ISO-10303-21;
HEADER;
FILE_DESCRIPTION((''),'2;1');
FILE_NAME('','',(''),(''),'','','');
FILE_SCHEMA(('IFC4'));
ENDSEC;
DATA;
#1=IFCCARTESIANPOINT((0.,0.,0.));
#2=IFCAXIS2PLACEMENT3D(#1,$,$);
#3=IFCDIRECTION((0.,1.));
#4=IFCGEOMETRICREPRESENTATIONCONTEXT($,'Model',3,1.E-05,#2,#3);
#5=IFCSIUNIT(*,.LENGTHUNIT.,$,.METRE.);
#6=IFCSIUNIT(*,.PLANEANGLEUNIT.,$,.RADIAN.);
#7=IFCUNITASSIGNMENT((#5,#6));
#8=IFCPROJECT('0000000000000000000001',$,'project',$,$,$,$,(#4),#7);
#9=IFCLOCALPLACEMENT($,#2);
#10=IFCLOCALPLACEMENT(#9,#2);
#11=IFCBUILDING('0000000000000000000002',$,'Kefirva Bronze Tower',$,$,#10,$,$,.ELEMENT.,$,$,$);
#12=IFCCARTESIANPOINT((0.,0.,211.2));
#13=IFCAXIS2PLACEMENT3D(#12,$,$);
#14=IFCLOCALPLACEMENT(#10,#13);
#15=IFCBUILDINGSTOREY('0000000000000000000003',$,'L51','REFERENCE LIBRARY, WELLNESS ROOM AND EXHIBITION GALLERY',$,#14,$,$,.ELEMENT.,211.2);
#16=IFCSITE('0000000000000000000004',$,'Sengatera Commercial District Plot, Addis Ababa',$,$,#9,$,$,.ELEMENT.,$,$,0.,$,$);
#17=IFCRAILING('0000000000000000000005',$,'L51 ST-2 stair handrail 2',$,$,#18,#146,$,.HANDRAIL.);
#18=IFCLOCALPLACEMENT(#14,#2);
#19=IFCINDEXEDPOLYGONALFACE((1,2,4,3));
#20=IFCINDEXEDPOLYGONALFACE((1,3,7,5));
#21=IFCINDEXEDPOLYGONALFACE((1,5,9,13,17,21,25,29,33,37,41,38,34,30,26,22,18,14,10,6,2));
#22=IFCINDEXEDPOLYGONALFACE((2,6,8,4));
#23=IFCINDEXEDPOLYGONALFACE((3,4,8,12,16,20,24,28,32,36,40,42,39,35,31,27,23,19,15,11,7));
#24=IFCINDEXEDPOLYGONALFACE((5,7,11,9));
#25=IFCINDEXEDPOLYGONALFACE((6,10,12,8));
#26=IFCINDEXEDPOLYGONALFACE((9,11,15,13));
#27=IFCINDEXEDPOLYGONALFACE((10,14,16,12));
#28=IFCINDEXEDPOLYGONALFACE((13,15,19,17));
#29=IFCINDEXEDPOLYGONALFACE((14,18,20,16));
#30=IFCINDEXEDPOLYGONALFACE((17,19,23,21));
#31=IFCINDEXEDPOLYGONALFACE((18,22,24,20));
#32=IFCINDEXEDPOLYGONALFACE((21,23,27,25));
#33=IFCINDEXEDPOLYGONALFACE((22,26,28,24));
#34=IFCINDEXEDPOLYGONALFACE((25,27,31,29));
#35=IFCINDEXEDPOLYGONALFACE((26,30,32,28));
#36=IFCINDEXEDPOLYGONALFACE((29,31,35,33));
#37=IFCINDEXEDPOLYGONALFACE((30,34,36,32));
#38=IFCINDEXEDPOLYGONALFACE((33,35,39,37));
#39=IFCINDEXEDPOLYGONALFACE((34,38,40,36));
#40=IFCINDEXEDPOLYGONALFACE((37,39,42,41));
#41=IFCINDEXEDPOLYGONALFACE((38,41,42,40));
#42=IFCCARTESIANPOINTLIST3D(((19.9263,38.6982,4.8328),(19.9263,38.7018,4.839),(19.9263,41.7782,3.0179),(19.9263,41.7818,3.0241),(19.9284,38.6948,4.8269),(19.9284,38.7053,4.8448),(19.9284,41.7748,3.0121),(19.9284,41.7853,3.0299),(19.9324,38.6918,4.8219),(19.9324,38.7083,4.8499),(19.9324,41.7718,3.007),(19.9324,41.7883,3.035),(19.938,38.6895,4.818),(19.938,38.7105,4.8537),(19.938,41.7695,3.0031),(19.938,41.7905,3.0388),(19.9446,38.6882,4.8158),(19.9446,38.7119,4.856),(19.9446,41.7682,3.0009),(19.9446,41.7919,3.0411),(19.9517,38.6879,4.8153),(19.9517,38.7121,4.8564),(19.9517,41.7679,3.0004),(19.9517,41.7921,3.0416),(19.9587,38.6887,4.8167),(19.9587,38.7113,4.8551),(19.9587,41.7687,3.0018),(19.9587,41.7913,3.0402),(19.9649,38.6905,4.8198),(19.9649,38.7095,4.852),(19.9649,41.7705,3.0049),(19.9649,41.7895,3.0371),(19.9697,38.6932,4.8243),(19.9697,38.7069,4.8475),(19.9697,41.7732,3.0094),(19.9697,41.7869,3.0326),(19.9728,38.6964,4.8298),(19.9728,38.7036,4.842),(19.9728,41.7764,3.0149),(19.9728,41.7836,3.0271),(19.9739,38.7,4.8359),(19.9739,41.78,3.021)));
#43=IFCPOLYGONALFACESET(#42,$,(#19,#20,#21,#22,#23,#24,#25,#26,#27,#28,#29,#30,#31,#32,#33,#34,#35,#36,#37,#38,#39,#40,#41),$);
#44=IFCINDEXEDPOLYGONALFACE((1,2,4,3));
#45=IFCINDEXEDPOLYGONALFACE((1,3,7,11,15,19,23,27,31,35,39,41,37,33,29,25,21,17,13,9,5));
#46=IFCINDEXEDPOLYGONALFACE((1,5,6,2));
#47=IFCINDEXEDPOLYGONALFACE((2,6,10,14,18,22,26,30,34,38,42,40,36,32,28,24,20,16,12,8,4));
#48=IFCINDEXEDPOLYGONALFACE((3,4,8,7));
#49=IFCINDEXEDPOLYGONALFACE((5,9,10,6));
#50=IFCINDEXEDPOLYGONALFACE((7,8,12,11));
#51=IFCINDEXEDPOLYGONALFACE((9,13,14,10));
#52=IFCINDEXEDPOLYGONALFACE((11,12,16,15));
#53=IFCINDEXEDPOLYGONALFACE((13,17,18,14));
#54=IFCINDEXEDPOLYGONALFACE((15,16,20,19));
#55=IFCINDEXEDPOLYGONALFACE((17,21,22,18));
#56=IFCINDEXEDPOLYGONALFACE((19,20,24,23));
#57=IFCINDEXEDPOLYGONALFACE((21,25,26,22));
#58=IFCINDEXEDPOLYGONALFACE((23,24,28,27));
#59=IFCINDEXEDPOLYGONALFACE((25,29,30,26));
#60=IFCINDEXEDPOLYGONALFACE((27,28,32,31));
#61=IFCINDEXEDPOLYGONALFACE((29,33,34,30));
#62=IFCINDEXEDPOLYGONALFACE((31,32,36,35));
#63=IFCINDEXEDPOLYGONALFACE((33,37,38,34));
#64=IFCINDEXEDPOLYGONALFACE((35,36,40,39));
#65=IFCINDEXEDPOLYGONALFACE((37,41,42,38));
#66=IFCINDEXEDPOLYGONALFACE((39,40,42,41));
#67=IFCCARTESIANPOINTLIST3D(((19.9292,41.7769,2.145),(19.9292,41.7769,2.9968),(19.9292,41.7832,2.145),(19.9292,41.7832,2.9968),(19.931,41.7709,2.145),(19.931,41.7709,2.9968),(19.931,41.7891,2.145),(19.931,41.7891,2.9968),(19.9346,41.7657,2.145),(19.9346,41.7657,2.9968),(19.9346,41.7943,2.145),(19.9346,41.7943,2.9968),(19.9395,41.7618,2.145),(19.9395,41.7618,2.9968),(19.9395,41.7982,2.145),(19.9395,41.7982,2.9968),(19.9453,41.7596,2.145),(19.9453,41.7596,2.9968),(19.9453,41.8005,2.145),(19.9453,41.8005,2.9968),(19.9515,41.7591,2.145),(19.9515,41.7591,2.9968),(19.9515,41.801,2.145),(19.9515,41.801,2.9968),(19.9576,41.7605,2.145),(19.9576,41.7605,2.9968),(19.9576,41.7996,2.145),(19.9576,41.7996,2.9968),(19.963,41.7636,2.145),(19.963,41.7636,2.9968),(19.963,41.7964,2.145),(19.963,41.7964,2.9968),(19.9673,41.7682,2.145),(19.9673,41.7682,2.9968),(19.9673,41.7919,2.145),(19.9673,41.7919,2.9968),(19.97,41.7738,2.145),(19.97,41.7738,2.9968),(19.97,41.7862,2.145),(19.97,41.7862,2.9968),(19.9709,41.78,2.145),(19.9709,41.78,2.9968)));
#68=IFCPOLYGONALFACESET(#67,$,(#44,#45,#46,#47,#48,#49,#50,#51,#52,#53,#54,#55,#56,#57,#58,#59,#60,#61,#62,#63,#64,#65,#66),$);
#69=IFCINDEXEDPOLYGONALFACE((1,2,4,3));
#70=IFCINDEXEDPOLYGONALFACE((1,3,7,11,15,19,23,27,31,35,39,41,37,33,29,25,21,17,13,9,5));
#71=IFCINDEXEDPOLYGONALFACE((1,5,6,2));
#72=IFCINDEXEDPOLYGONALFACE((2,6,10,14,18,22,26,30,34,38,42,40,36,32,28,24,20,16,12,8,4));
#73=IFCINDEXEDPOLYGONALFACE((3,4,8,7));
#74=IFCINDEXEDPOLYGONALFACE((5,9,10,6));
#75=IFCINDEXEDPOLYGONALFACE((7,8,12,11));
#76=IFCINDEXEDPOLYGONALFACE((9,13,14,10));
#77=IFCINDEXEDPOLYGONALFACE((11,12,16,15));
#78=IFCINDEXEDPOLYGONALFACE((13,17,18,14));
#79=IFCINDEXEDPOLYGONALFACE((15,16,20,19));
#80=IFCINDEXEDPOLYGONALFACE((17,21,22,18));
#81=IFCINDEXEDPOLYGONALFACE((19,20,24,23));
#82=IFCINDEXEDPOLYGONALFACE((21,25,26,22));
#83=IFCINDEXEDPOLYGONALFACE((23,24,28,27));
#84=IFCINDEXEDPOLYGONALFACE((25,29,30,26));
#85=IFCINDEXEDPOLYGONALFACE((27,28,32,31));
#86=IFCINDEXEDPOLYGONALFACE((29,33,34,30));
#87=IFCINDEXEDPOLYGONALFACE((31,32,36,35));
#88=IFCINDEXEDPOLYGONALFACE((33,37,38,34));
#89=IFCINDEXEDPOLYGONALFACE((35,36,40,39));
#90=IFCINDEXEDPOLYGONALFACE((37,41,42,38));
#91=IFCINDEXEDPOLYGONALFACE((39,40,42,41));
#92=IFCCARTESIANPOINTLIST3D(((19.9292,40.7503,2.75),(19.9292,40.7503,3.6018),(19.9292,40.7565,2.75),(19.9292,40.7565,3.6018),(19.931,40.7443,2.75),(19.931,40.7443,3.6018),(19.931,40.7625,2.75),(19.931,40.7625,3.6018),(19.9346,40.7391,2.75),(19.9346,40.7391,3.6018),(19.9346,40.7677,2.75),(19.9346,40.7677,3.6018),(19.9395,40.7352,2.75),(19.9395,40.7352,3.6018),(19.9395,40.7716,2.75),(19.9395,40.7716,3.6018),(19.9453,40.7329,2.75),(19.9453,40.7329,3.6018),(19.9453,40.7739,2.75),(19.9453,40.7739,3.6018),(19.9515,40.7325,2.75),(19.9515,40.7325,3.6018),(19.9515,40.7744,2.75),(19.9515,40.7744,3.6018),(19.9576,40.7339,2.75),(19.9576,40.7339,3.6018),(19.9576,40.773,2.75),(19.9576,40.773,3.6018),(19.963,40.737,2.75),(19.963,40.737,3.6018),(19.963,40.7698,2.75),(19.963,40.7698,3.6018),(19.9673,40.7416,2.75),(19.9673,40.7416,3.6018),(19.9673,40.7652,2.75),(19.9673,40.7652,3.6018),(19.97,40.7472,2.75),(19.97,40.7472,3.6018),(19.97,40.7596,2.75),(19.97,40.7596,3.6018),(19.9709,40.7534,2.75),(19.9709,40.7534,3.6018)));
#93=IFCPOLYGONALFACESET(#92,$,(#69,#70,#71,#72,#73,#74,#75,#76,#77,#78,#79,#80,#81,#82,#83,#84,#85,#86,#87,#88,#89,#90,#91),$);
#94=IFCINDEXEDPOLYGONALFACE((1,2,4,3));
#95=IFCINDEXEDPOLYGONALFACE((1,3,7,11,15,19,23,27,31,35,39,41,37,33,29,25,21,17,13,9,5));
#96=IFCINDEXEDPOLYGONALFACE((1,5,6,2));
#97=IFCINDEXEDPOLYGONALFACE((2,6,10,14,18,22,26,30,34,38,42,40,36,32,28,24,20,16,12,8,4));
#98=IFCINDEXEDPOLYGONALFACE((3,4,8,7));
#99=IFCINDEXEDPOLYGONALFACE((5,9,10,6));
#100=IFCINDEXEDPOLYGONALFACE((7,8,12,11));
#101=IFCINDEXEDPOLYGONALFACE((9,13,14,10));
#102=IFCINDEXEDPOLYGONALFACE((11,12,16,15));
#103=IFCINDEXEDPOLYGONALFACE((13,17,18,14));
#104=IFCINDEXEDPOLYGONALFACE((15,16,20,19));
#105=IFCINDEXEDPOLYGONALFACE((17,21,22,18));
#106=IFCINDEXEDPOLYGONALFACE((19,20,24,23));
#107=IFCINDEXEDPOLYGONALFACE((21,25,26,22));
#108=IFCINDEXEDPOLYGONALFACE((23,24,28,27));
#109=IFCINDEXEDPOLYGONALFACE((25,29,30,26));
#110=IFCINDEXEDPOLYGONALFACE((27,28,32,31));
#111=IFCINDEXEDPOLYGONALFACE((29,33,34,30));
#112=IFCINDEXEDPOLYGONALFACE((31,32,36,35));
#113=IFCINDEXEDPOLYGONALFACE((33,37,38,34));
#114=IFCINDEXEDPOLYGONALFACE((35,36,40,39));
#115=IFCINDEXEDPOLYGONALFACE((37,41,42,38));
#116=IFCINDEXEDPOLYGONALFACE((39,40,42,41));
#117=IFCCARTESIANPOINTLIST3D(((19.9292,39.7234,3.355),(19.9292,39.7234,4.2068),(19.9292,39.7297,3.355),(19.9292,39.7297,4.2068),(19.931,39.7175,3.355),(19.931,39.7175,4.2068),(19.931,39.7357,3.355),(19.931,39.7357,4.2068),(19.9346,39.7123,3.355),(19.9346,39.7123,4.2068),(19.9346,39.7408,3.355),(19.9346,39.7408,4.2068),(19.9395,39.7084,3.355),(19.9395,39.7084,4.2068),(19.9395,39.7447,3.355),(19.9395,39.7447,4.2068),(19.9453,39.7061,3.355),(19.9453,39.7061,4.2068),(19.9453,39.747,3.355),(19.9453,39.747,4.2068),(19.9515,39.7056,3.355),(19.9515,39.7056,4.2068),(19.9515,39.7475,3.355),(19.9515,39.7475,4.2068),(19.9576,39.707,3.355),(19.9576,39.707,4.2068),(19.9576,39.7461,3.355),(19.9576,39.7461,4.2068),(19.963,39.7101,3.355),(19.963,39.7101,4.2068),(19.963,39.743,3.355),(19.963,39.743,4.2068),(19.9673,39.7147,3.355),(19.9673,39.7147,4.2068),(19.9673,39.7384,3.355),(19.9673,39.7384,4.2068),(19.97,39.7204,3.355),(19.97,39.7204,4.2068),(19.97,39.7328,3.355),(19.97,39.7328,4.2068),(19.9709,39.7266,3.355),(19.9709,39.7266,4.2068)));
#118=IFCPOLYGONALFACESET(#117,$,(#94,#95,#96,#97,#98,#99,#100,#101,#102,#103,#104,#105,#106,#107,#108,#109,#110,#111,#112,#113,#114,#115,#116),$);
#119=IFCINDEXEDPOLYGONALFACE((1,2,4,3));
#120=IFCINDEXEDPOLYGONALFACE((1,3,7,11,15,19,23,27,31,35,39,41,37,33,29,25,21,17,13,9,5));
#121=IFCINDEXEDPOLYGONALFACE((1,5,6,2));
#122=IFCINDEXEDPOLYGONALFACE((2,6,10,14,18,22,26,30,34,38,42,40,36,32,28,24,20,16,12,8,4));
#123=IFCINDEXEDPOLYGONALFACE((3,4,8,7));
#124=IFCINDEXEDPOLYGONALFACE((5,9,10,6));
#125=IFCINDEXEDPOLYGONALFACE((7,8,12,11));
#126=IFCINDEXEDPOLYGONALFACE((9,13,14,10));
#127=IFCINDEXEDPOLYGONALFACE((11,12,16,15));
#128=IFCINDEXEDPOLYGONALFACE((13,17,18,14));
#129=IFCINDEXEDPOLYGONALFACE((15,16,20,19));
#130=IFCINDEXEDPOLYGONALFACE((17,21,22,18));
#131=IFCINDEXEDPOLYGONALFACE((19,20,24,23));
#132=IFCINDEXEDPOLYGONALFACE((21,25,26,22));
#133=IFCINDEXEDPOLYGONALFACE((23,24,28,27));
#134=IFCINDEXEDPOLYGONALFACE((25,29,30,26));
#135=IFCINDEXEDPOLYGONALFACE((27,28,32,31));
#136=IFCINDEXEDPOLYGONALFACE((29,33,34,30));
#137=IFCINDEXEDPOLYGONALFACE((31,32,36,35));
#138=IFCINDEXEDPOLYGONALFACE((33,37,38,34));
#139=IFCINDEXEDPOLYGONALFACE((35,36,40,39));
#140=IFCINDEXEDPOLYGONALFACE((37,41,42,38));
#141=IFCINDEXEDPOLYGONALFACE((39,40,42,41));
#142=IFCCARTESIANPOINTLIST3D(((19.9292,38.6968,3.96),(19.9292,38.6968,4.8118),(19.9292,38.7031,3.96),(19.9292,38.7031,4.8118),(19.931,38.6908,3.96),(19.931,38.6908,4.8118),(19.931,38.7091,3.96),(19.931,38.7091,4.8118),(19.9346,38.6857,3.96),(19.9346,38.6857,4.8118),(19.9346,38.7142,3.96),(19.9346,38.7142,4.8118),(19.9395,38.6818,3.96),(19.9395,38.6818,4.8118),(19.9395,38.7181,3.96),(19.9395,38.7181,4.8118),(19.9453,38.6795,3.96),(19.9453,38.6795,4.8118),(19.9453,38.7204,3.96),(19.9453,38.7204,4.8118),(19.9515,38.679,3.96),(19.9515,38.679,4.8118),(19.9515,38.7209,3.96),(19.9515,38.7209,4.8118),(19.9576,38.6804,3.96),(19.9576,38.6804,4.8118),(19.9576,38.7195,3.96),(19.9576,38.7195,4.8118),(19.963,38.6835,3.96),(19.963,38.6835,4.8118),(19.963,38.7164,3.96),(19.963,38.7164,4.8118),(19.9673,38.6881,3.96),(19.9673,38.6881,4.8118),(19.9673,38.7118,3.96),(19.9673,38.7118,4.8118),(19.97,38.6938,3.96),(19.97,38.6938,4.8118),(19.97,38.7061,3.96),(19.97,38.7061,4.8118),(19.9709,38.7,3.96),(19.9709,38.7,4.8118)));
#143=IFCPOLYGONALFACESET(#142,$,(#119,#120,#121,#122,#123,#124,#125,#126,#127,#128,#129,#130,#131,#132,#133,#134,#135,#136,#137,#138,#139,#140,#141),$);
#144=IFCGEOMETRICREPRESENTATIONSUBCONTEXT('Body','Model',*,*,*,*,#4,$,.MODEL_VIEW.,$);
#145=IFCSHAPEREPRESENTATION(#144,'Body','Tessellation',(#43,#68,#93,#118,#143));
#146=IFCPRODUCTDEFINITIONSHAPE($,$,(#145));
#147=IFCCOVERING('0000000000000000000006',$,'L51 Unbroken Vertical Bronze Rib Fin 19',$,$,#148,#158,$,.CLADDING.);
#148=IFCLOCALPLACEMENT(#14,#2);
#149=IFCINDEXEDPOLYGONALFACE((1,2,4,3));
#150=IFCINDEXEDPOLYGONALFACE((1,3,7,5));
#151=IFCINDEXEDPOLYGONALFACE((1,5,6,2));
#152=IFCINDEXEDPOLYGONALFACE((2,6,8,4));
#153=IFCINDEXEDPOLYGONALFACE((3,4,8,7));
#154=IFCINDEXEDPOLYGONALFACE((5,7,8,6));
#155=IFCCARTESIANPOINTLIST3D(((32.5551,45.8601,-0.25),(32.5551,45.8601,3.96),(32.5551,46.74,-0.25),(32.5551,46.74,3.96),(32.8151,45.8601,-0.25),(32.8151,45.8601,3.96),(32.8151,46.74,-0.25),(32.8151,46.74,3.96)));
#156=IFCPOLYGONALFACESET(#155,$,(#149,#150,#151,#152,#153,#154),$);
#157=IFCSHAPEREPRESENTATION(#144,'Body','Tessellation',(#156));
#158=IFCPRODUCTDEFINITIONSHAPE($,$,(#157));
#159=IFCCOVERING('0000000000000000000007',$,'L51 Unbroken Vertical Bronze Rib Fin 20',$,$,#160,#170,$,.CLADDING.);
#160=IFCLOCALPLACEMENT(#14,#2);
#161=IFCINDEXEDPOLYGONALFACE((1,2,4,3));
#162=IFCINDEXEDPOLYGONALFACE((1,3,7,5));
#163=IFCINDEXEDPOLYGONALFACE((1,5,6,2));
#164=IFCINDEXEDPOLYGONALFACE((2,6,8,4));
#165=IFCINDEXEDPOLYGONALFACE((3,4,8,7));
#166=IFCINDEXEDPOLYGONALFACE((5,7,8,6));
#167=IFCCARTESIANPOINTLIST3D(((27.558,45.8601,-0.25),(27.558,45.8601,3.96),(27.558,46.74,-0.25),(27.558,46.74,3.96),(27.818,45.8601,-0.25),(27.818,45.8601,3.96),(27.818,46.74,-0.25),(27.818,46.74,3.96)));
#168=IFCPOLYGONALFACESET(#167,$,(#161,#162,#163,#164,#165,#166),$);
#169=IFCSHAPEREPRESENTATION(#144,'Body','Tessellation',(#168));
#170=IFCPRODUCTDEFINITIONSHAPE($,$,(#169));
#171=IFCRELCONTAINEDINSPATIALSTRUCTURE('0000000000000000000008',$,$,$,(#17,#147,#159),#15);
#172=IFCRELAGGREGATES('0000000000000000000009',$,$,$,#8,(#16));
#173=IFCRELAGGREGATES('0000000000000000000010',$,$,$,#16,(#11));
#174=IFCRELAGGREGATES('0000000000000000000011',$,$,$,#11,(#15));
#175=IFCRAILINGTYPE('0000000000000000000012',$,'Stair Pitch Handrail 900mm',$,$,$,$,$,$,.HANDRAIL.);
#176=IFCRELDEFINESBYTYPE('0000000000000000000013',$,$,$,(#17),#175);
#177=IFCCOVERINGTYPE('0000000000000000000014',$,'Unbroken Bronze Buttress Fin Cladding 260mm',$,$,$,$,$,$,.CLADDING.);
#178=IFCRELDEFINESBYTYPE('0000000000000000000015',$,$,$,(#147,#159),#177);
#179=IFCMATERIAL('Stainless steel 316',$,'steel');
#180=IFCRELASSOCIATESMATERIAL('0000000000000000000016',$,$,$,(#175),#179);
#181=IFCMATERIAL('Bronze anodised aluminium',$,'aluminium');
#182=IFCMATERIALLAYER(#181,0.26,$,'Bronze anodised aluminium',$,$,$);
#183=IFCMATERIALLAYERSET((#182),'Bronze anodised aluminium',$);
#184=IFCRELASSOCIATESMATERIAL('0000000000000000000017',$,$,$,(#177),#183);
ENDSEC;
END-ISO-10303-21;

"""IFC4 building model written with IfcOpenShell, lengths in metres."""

from ifc_helpers import new_model, si_unit, direction, frame, origin, origin_2d, place, context, subcontext, project, spatial, rectangle, circle, extrude, material, layer, layer_set, type_object, element, save


model = new_model("IFC4")

# Units and contexts
model_context = context("Model", 3, precision=1e-05, world=origin(), true_north=direction((0.0, 1.0)))
body_context = subcontext(model_context, "Body", "Model", "MODEL_VIEW")
ifc_project = project(units=[si_unit("LENGTHUNIT", "METRE"), si_unit("PLANEANGLEUNIT", "RADIAN")], contexts=[model_context])

# Site, building, storey
site_placement = place(None, origin())
site = spatial("IfcSite", under=ifc_project, at=site_placement, Name="Sengatera Commercial District Plot, Addis Ababa", CompositionType="ELEMENT", RefElevation=0.0)
building_placement = place(site_placement, origin())
building = spatial("IfcBuilding", under=site, at=building_placement, Name="Kefirva Bronze Tower", CompositionType="ELEMENT")
storey_placement = place(building_placement, frame((0.0, 0.0, 211.2)))
storey = spatial("IfcBuildingStorey", under=building, at=storey_placement, Name="L51", Description="REFERENCE LIBRARY, WELLNESS ROOM AND EXHIBITION GALLERY", CompositionType="ELEMENT", Elevation=211.2)

# Shared definitions
ifc_material_1 = material(Name="Bronze anodised aluminium", Category="aluminium")

# Railing
ifc_material_2 = material(Name="Stainless steel 316", Category="steel")
railing_type_1 = type_object("IfcRailingType", Name="Stair Pitch Handrail 900mm", PredefinedType="HANDRAIL", material=ifc_material_2)
railing_1_placement = place(storey_placement, frame((19.95, 41.78, 2.145)))
element("IfcRailing", 1, at=railing_1_placement, inside=storey, type_object=railing_type_1, Name="L51 ST-2 stair handrail 2", PredefinedType="HANDRAIL", context=body_context, shape_type="SweptSolid", body=[
    extrude(circle(Radius=0.0239, at=origin_2d()), frame((0.0, 0.0, 0.876), z_axis=(0.0, -0.861551, 0.507671), x_axis=(1.0, 0.0, 0.0)), (0.0, 0.0, 1.0), 3.575),
    extrude(circle(Radius=0.021, at=origin_2d()), origin(), (0.0, 0.0, 1.0), 0.8518),
    extrude(circle(Radius=0.021, at=origin_2d()), frame((0.0, -1.0266, 0.605)), (0.0, 0.0, 1.0), 0.8518),
    extrude(circle(Radius=0.021, at=origin_2d()), frame((0.0, -2.0535, 1.21)), (0.0, 0.0, 1.0), 0.8518),
    extrude(circle(Radius=0.021, at=origin_2d()), frame((0.0, -3.0801, 1.8149)), (0.0, 0.0, 1.0), 0.8518),
])

# Coverings
ifc_layer_1 = layer(ifc_material_1, 0.26, Name="Bronze anodised aluminium")
ifc_layer_set_1 = layer_set([ifc_layer_1], Name="Bronze anodised aluminium")
covering_type = type_object("IfcCoveringType", Name="Unbroken Bronze Buttress Fin Cladding 260mm", PredefinedType="CLADDING", material=ifc_layer_set_1)
for number, where, z_axis, x_axis, name in (
    (2, (32.6851, 46.3, -0.25), (0.0, 0.0, 1.0), (-1.0, 0.0, 0.0), "L51 Unbroken Vertical Bronze Rib Fin 19"),
    (3, (27.688, 46.3, -0.25), (0.0, 0.0, 1.0), (-1.0, 0.0, 0.0), "L51 Unbroken Vertical Bronze Rib Fin 20"),
):
    element("IfcCovering", number, at=place(storey_placement, frame(where, z_axis=z_axis, x_axis=x_axis)), inside=storey, type_object=covering_type, Name=name, PredefinedType="CLADDING", context=body_context, shape_type="SweptSolid", body=[
        extrude(rectangle(XDim=0.26, YDim=0.8799, at=origin_2d()), origin(), (0.0, 0.0, 1.0), 4.21),
    ])

save(model, "model.ifc")
